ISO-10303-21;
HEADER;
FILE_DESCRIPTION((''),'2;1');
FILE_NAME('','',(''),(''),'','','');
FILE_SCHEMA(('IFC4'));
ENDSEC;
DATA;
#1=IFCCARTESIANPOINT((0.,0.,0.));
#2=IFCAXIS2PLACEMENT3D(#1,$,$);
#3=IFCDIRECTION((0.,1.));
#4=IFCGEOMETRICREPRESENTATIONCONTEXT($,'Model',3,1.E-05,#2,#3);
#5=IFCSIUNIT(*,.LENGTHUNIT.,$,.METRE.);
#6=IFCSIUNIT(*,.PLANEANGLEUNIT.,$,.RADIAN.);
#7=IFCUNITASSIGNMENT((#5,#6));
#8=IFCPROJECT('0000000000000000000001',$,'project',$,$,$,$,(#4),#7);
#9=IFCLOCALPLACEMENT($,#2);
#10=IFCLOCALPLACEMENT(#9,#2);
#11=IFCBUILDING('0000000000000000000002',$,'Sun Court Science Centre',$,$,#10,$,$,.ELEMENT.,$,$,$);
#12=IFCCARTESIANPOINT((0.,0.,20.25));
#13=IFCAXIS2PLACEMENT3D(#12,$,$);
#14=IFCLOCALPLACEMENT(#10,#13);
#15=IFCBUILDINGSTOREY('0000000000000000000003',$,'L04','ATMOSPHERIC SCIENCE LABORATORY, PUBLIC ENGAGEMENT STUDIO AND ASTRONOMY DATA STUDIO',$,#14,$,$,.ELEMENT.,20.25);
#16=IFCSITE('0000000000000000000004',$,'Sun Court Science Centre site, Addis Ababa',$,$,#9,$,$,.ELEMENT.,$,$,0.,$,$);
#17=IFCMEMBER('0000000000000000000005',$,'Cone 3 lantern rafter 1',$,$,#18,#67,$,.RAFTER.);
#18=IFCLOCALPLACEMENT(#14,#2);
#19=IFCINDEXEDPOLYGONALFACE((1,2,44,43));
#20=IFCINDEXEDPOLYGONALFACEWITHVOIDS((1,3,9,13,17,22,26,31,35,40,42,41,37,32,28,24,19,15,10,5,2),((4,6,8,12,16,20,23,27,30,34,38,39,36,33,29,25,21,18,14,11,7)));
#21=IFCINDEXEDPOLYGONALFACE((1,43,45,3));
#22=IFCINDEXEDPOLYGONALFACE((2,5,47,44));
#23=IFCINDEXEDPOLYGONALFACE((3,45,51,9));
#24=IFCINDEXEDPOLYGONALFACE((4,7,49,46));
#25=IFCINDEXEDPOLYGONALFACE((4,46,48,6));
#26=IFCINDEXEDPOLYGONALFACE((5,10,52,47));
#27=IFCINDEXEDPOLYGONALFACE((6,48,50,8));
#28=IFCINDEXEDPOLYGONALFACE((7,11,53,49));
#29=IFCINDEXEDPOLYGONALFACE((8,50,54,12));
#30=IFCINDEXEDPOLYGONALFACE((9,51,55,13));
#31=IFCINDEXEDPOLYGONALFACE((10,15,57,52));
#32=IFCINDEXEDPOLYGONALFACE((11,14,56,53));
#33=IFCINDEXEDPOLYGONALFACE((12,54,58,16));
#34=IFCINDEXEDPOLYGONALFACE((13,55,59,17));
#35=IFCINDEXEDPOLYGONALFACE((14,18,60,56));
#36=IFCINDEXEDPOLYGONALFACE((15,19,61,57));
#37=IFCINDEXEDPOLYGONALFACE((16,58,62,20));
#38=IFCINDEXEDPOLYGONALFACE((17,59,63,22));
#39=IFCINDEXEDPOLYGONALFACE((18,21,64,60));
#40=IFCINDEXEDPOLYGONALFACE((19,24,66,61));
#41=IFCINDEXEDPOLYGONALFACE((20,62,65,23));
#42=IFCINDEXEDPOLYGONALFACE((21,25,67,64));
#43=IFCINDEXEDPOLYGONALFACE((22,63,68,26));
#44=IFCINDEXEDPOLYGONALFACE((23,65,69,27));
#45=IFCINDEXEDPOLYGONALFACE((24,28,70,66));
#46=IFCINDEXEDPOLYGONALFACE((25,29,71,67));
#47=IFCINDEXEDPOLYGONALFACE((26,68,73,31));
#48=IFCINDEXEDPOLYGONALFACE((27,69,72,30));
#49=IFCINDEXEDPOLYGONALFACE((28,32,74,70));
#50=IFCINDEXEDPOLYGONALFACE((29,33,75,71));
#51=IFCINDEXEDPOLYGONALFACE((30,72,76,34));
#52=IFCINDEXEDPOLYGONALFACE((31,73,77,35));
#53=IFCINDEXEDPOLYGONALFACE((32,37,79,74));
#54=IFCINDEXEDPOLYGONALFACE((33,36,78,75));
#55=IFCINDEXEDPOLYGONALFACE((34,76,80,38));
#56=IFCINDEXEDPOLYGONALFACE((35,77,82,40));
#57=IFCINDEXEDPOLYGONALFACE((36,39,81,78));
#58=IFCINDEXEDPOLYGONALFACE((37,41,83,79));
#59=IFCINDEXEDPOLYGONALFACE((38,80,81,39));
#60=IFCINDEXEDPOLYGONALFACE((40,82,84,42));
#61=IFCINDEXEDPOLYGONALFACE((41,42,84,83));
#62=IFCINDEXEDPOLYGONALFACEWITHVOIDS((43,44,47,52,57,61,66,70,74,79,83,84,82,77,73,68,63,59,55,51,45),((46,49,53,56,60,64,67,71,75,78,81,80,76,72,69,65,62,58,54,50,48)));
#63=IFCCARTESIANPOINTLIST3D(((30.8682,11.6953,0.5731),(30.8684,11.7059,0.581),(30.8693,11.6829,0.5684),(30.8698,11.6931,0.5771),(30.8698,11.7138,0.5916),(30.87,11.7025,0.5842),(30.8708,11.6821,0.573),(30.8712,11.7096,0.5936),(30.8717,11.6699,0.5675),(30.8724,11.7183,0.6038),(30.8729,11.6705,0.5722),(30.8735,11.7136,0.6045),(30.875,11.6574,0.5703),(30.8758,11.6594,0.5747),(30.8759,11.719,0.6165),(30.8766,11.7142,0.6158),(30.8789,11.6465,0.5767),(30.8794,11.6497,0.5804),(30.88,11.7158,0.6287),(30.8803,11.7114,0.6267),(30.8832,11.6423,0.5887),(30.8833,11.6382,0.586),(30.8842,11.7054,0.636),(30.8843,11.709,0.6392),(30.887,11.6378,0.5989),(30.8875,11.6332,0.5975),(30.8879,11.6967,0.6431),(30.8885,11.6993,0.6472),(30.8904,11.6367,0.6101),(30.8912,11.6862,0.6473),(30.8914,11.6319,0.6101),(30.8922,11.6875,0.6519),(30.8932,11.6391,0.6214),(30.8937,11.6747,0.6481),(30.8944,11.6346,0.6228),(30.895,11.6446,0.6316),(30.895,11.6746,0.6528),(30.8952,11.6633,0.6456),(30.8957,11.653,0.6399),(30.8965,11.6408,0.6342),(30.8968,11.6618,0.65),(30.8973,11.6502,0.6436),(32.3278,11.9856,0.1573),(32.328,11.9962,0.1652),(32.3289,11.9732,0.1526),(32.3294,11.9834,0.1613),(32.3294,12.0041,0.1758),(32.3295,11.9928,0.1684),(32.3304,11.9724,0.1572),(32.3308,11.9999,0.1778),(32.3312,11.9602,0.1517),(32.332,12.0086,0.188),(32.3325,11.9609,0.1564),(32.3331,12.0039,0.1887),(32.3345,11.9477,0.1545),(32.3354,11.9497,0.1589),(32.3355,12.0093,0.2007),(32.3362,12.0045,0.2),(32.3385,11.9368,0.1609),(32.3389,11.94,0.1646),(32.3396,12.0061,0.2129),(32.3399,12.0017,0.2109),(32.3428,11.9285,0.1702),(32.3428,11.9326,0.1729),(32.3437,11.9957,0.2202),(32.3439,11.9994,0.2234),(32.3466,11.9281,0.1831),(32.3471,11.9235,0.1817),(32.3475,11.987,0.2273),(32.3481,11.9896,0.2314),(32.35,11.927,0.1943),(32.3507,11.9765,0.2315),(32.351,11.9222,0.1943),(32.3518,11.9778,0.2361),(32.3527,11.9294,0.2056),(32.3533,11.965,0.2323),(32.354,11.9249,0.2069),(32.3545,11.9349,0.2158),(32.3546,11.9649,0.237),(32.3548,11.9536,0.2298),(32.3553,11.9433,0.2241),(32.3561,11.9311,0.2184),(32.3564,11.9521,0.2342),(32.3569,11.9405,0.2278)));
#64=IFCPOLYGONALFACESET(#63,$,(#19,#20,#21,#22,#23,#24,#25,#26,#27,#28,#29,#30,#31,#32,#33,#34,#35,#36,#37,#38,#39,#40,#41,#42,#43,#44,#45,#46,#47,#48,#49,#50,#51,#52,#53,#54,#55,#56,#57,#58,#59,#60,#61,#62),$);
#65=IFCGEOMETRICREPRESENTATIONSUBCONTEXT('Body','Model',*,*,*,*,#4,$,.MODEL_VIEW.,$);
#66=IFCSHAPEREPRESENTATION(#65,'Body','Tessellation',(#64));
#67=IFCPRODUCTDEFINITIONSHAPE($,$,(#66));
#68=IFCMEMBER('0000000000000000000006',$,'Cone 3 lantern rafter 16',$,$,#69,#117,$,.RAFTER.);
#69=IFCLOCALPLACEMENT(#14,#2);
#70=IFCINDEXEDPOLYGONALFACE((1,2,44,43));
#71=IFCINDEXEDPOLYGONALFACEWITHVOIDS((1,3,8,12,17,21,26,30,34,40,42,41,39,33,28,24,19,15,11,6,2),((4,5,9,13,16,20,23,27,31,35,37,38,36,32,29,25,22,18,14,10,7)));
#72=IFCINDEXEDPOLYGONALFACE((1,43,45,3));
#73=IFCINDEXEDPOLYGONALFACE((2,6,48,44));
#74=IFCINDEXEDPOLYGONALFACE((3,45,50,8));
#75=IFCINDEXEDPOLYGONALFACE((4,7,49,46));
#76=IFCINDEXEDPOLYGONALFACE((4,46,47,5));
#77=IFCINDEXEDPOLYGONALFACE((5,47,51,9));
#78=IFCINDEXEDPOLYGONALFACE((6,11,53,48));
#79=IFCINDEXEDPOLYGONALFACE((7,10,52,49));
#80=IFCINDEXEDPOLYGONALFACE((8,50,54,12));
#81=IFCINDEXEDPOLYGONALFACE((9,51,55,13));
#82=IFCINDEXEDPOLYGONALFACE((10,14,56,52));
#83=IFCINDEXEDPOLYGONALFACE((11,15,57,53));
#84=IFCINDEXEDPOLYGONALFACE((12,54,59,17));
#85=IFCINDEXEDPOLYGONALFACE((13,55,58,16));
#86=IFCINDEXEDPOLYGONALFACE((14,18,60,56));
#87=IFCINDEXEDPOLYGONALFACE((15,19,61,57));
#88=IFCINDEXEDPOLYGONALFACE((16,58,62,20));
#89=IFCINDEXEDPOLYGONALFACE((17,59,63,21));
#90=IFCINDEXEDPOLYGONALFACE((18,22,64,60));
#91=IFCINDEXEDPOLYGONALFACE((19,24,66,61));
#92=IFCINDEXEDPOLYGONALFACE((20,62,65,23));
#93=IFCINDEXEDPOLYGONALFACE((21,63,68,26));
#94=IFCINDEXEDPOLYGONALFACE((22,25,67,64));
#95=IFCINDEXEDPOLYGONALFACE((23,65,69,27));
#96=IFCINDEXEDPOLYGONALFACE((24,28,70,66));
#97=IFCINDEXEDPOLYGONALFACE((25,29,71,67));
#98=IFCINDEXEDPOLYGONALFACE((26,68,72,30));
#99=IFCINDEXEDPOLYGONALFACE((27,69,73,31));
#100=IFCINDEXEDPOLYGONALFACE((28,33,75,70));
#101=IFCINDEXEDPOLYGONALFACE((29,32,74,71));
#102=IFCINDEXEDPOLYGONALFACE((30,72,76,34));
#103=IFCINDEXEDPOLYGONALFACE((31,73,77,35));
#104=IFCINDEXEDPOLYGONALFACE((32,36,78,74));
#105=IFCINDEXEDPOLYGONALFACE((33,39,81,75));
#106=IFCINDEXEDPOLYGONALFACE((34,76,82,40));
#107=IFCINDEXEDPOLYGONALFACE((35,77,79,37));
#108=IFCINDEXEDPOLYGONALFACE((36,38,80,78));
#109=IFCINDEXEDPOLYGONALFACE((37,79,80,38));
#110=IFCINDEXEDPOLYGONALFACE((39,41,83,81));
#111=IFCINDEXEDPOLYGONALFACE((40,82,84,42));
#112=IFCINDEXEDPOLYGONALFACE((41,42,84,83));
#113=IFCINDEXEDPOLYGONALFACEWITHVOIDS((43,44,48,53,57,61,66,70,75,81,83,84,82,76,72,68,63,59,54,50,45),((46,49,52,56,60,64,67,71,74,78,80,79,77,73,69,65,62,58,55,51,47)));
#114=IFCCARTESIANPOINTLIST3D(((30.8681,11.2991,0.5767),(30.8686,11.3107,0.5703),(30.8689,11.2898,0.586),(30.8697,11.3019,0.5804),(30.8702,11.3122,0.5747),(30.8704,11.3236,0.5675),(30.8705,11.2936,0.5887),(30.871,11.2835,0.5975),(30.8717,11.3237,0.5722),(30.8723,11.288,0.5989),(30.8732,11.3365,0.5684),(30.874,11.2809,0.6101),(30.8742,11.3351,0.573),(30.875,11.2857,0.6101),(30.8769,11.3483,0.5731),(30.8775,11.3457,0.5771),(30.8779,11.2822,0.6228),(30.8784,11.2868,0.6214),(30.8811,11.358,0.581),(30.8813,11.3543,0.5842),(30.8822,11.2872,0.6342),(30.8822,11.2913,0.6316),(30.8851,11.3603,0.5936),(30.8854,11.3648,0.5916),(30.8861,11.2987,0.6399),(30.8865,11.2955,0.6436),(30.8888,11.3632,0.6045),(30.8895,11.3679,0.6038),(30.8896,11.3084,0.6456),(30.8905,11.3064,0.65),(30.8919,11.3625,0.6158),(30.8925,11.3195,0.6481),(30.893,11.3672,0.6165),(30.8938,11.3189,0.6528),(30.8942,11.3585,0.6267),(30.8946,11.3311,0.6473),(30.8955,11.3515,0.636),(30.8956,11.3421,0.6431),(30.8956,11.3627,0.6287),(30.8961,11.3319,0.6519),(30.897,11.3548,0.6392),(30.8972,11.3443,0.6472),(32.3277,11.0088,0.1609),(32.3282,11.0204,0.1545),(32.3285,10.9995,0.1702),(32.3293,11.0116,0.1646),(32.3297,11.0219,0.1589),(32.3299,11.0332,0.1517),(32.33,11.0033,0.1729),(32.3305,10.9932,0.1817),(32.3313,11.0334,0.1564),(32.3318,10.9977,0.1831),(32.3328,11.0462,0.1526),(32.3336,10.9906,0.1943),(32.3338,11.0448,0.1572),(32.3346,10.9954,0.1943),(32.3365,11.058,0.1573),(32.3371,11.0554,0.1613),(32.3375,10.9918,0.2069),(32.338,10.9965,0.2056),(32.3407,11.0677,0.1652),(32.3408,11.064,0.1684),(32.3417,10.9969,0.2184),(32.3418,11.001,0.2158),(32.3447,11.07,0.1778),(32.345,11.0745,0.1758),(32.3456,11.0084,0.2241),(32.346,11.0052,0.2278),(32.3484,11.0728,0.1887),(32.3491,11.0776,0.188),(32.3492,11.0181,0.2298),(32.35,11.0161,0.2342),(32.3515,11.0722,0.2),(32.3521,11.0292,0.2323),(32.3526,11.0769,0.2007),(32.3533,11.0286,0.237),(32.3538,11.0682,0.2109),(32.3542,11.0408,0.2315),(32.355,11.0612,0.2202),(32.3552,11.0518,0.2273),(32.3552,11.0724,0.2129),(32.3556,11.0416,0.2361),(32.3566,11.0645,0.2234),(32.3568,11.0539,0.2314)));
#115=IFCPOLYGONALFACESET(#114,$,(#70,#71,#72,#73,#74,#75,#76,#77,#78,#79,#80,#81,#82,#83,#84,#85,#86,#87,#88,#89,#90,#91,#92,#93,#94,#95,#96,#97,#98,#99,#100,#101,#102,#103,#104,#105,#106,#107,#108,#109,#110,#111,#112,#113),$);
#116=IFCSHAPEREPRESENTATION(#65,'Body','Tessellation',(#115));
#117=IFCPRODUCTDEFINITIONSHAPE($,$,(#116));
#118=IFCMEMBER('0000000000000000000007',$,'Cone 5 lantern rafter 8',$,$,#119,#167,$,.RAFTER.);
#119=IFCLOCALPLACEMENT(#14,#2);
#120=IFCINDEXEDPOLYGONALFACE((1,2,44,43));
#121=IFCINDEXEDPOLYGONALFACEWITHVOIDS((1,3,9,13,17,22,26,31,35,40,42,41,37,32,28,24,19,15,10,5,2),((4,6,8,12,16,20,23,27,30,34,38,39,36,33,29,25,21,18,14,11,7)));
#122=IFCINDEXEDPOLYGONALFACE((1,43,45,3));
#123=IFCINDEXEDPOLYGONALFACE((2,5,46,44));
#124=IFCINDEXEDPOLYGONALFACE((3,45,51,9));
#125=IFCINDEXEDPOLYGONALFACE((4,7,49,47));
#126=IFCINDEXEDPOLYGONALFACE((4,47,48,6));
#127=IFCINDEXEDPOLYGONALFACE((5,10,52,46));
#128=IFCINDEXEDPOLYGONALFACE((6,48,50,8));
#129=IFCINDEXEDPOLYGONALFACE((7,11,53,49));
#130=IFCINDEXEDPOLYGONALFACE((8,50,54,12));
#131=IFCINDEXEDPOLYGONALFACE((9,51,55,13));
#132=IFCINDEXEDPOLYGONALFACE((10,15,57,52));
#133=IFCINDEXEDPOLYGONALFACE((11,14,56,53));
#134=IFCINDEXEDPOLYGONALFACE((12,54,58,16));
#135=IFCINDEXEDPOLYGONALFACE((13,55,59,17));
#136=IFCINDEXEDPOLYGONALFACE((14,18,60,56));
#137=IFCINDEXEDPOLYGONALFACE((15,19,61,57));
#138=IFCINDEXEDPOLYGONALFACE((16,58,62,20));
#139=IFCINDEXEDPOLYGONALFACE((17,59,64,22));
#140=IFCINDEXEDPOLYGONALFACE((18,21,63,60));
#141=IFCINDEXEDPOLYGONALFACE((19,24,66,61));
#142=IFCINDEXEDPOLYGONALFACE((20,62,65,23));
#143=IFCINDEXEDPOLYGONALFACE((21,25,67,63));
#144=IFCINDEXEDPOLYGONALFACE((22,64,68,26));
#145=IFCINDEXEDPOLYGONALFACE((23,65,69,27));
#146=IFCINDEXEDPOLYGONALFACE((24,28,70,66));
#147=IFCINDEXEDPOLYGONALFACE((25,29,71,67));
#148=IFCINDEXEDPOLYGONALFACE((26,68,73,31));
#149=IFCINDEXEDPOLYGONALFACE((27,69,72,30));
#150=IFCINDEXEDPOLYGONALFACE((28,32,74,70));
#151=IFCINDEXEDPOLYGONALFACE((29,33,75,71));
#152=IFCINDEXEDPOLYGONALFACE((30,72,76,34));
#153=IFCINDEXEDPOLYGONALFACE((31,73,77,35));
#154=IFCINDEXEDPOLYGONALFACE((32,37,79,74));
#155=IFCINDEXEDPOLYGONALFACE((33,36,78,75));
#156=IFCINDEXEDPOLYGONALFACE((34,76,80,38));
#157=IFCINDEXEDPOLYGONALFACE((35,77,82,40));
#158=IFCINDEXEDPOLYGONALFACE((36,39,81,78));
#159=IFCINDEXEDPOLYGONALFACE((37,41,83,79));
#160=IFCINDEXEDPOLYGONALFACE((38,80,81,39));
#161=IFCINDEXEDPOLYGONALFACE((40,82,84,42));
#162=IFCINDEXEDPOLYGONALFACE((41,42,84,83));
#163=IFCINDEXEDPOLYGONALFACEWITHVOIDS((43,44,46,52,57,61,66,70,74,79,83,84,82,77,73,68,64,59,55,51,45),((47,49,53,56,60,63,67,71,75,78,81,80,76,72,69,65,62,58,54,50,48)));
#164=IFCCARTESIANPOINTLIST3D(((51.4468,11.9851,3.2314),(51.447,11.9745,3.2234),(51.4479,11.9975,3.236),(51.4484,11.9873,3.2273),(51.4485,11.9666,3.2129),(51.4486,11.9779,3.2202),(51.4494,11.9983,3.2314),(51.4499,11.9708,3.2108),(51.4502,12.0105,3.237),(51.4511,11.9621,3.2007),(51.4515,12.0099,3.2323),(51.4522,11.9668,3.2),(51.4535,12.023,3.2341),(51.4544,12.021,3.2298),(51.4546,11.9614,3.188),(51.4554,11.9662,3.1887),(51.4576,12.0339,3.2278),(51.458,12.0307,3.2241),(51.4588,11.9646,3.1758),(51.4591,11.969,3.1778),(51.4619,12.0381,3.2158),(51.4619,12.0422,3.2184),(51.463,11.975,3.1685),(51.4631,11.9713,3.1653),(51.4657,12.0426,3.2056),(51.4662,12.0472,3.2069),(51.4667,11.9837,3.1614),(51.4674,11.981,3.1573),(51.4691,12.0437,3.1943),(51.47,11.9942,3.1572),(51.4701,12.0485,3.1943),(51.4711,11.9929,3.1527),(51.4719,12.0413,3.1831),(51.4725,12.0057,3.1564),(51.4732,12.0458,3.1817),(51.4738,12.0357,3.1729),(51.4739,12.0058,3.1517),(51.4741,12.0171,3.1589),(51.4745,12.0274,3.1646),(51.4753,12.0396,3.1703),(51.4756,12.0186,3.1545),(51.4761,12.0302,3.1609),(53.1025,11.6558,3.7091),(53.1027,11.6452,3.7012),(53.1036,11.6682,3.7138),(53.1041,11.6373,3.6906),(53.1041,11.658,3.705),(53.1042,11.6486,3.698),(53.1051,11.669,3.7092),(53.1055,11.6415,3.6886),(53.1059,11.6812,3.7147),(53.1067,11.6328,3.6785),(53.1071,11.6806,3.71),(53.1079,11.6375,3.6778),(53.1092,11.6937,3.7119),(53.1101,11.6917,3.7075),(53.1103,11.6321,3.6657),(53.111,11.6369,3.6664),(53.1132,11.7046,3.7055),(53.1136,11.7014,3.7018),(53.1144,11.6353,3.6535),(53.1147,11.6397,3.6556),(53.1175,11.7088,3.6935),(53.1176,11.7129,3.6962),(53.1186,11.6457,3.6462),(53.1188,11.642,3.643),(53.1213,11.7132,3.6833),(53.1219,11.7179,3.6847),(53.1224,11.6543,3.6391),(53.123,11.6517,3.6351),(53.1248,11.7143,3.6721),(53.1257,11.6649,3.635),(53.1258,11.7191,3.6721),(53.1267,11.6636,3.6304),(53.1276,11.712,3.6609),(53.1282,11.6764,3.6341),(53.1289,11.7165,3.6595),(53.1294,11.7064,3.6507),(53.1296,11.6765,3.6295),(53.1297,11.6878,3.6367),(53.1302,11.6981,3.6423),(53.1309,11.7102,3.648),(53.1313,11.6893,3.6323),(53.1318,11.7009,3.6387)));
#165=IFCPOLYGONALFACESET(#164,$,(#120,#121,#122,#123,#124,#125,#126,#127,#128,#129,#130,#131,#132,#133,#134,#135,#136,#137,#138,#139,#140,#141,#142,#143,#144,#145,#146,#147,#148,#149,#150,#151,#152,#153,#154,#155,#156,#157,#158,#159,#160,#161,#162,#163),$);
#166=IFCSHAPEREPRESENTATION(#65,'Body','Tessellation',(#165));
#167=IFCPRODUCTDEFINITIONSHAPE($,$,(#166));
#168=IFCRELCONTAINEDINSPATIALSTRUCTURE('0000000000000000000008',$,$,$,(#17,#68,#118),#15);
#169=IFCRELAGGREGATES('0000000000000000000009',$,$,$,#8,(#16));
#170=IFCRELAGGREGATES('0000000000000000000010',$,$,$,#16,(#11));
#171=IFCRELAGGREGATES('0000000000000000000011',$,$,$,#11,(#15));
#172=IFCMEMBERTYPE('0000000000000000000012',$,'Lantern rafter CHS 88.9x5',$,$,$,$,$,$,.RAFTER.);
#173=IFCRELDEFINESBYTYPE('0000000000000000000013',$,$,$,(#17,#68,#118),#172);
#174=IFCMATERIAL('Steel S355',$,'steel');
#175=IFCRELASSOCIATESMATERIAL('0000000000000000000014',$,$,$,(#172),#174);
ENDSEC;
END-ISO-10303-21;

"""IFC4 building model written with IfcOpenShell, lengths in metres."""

from ifc_helpers import new_model, si_unit, direction, frame, origin, origin_2d, place, context, subcontext, project, spatial, hollow_circle, extrude, material, material_profile, profile_set, type_object, element, save


model = new_model("IFC4")

# Units and contexts
model_context = context("Model", 3, precision=1e-05, world=origin(), true_north=direction((0.0, 1.0)))
body_context = subcontext(model_context, "Body", "Model", "MODEL_VIEW")
ifc_project = project(units=[si_unit("LENGTHUNIT", "METRE"), si_unit("PLANEANGLEUNIT", "RADIAN")], contexts=[model_context])

# Site, building, storey
site_placement = place(None, origin())
site = spatial("IfcSite", under=ifc_project, at=site_placement, Name="Sun Court Science Centre site, Addis Ababa", CompositionType="ELEMENT", RefElevation=0.0)
building_placement = place(site_placement, origin())
building = spatial("IfcBuilding", under=site, at=building_placement, Name="Sun Court Science Centre", CompositionType="ELEMENT")
storey_placement = place(building_placement, frame((0.0, 0.0, 20.25)))
storey = spatial("IfcBuildingStorey", under=building, at=storey_placement, Name="L04", Description="ATMOSPHERIC SCIENCE LABORATORY, PUBLIC ENGAGEMENT STUDIO AND ASTRONOMY DATA STUDIO", CompositionType="ELEMENT", Elevation=20.25)

# Members
ifc_material_1 = material(Name="Steel S355", Category="steel")
ifc_material_profile_1 = material_profile(ifc_material_1, hollow_circle(Radius=0.0444, WallThickness=0.0049, at=origin_2d()), Name="CHS 88.9x5")
ifc_profile_set_1 = profile_set([ifc_material_profile_1], Name="Steel S355")
member_type_1 = type_object("IfcMemberType", Name="Lantern rafter CHS 88.9x5", PredefinedType="RAFTER", material=ifc_profile_set_1)
for number, where, z_axis, x_axis, name in (
    (1, (32.3423, 11.9658, 0.1943), (-0.94461, -0.187879, 0.269098), (0.195075, -0.980788, 0.0), "Cone 3 lantern rafter 1"),
    (2, (32.3423, 11.0342, 0.1943), (-0.94461, 0.187879, 0.269098), (-0.195075, -0.980788, 0.0), "Cone 3 lantern rafter 16"),
):
    element("IfcMember", number, at=place(storey_placement, frame(where, z_axis=z_axis, x_axis=x_axis)), inside=storey, type_object=member_type_1, Name=name, PredefinedType="RAFTER", context=body_context, shape_type="SweptSolid", body=[
        extrude(hollow_circle(Radius=0.0444, WallThickness=0.0049, at=origin_2d()), origin(), (0.0, 0.0, 1.0), 1.5452),
    ])
for number, where, z_axis, x_axis, name in (
    (3, (51.4614, 12.0049, 3.1943), (0.943719, -0.187714, 0.272318), (0.195087, 0.980786, 0.0), "Cone 5 lantern rafter 8"),
):
    element("IfcMember", number, at=place(storey_placement, frame(where, z_axis=z_axis, x_axis=x_axis)), inside=storey, type_object=member_type_1, Name=name, PredefinedType="RAFTER", context=body_context, shape_type="SweptSolid", body=[
        extrude(hollow_circle(Radius=0.0444, WallThickness=0.0049, at=origin_2d()), origin(), (0.0, 0.0, 1.0), 1.7544),
    ])

save(model, "model.ifc")
